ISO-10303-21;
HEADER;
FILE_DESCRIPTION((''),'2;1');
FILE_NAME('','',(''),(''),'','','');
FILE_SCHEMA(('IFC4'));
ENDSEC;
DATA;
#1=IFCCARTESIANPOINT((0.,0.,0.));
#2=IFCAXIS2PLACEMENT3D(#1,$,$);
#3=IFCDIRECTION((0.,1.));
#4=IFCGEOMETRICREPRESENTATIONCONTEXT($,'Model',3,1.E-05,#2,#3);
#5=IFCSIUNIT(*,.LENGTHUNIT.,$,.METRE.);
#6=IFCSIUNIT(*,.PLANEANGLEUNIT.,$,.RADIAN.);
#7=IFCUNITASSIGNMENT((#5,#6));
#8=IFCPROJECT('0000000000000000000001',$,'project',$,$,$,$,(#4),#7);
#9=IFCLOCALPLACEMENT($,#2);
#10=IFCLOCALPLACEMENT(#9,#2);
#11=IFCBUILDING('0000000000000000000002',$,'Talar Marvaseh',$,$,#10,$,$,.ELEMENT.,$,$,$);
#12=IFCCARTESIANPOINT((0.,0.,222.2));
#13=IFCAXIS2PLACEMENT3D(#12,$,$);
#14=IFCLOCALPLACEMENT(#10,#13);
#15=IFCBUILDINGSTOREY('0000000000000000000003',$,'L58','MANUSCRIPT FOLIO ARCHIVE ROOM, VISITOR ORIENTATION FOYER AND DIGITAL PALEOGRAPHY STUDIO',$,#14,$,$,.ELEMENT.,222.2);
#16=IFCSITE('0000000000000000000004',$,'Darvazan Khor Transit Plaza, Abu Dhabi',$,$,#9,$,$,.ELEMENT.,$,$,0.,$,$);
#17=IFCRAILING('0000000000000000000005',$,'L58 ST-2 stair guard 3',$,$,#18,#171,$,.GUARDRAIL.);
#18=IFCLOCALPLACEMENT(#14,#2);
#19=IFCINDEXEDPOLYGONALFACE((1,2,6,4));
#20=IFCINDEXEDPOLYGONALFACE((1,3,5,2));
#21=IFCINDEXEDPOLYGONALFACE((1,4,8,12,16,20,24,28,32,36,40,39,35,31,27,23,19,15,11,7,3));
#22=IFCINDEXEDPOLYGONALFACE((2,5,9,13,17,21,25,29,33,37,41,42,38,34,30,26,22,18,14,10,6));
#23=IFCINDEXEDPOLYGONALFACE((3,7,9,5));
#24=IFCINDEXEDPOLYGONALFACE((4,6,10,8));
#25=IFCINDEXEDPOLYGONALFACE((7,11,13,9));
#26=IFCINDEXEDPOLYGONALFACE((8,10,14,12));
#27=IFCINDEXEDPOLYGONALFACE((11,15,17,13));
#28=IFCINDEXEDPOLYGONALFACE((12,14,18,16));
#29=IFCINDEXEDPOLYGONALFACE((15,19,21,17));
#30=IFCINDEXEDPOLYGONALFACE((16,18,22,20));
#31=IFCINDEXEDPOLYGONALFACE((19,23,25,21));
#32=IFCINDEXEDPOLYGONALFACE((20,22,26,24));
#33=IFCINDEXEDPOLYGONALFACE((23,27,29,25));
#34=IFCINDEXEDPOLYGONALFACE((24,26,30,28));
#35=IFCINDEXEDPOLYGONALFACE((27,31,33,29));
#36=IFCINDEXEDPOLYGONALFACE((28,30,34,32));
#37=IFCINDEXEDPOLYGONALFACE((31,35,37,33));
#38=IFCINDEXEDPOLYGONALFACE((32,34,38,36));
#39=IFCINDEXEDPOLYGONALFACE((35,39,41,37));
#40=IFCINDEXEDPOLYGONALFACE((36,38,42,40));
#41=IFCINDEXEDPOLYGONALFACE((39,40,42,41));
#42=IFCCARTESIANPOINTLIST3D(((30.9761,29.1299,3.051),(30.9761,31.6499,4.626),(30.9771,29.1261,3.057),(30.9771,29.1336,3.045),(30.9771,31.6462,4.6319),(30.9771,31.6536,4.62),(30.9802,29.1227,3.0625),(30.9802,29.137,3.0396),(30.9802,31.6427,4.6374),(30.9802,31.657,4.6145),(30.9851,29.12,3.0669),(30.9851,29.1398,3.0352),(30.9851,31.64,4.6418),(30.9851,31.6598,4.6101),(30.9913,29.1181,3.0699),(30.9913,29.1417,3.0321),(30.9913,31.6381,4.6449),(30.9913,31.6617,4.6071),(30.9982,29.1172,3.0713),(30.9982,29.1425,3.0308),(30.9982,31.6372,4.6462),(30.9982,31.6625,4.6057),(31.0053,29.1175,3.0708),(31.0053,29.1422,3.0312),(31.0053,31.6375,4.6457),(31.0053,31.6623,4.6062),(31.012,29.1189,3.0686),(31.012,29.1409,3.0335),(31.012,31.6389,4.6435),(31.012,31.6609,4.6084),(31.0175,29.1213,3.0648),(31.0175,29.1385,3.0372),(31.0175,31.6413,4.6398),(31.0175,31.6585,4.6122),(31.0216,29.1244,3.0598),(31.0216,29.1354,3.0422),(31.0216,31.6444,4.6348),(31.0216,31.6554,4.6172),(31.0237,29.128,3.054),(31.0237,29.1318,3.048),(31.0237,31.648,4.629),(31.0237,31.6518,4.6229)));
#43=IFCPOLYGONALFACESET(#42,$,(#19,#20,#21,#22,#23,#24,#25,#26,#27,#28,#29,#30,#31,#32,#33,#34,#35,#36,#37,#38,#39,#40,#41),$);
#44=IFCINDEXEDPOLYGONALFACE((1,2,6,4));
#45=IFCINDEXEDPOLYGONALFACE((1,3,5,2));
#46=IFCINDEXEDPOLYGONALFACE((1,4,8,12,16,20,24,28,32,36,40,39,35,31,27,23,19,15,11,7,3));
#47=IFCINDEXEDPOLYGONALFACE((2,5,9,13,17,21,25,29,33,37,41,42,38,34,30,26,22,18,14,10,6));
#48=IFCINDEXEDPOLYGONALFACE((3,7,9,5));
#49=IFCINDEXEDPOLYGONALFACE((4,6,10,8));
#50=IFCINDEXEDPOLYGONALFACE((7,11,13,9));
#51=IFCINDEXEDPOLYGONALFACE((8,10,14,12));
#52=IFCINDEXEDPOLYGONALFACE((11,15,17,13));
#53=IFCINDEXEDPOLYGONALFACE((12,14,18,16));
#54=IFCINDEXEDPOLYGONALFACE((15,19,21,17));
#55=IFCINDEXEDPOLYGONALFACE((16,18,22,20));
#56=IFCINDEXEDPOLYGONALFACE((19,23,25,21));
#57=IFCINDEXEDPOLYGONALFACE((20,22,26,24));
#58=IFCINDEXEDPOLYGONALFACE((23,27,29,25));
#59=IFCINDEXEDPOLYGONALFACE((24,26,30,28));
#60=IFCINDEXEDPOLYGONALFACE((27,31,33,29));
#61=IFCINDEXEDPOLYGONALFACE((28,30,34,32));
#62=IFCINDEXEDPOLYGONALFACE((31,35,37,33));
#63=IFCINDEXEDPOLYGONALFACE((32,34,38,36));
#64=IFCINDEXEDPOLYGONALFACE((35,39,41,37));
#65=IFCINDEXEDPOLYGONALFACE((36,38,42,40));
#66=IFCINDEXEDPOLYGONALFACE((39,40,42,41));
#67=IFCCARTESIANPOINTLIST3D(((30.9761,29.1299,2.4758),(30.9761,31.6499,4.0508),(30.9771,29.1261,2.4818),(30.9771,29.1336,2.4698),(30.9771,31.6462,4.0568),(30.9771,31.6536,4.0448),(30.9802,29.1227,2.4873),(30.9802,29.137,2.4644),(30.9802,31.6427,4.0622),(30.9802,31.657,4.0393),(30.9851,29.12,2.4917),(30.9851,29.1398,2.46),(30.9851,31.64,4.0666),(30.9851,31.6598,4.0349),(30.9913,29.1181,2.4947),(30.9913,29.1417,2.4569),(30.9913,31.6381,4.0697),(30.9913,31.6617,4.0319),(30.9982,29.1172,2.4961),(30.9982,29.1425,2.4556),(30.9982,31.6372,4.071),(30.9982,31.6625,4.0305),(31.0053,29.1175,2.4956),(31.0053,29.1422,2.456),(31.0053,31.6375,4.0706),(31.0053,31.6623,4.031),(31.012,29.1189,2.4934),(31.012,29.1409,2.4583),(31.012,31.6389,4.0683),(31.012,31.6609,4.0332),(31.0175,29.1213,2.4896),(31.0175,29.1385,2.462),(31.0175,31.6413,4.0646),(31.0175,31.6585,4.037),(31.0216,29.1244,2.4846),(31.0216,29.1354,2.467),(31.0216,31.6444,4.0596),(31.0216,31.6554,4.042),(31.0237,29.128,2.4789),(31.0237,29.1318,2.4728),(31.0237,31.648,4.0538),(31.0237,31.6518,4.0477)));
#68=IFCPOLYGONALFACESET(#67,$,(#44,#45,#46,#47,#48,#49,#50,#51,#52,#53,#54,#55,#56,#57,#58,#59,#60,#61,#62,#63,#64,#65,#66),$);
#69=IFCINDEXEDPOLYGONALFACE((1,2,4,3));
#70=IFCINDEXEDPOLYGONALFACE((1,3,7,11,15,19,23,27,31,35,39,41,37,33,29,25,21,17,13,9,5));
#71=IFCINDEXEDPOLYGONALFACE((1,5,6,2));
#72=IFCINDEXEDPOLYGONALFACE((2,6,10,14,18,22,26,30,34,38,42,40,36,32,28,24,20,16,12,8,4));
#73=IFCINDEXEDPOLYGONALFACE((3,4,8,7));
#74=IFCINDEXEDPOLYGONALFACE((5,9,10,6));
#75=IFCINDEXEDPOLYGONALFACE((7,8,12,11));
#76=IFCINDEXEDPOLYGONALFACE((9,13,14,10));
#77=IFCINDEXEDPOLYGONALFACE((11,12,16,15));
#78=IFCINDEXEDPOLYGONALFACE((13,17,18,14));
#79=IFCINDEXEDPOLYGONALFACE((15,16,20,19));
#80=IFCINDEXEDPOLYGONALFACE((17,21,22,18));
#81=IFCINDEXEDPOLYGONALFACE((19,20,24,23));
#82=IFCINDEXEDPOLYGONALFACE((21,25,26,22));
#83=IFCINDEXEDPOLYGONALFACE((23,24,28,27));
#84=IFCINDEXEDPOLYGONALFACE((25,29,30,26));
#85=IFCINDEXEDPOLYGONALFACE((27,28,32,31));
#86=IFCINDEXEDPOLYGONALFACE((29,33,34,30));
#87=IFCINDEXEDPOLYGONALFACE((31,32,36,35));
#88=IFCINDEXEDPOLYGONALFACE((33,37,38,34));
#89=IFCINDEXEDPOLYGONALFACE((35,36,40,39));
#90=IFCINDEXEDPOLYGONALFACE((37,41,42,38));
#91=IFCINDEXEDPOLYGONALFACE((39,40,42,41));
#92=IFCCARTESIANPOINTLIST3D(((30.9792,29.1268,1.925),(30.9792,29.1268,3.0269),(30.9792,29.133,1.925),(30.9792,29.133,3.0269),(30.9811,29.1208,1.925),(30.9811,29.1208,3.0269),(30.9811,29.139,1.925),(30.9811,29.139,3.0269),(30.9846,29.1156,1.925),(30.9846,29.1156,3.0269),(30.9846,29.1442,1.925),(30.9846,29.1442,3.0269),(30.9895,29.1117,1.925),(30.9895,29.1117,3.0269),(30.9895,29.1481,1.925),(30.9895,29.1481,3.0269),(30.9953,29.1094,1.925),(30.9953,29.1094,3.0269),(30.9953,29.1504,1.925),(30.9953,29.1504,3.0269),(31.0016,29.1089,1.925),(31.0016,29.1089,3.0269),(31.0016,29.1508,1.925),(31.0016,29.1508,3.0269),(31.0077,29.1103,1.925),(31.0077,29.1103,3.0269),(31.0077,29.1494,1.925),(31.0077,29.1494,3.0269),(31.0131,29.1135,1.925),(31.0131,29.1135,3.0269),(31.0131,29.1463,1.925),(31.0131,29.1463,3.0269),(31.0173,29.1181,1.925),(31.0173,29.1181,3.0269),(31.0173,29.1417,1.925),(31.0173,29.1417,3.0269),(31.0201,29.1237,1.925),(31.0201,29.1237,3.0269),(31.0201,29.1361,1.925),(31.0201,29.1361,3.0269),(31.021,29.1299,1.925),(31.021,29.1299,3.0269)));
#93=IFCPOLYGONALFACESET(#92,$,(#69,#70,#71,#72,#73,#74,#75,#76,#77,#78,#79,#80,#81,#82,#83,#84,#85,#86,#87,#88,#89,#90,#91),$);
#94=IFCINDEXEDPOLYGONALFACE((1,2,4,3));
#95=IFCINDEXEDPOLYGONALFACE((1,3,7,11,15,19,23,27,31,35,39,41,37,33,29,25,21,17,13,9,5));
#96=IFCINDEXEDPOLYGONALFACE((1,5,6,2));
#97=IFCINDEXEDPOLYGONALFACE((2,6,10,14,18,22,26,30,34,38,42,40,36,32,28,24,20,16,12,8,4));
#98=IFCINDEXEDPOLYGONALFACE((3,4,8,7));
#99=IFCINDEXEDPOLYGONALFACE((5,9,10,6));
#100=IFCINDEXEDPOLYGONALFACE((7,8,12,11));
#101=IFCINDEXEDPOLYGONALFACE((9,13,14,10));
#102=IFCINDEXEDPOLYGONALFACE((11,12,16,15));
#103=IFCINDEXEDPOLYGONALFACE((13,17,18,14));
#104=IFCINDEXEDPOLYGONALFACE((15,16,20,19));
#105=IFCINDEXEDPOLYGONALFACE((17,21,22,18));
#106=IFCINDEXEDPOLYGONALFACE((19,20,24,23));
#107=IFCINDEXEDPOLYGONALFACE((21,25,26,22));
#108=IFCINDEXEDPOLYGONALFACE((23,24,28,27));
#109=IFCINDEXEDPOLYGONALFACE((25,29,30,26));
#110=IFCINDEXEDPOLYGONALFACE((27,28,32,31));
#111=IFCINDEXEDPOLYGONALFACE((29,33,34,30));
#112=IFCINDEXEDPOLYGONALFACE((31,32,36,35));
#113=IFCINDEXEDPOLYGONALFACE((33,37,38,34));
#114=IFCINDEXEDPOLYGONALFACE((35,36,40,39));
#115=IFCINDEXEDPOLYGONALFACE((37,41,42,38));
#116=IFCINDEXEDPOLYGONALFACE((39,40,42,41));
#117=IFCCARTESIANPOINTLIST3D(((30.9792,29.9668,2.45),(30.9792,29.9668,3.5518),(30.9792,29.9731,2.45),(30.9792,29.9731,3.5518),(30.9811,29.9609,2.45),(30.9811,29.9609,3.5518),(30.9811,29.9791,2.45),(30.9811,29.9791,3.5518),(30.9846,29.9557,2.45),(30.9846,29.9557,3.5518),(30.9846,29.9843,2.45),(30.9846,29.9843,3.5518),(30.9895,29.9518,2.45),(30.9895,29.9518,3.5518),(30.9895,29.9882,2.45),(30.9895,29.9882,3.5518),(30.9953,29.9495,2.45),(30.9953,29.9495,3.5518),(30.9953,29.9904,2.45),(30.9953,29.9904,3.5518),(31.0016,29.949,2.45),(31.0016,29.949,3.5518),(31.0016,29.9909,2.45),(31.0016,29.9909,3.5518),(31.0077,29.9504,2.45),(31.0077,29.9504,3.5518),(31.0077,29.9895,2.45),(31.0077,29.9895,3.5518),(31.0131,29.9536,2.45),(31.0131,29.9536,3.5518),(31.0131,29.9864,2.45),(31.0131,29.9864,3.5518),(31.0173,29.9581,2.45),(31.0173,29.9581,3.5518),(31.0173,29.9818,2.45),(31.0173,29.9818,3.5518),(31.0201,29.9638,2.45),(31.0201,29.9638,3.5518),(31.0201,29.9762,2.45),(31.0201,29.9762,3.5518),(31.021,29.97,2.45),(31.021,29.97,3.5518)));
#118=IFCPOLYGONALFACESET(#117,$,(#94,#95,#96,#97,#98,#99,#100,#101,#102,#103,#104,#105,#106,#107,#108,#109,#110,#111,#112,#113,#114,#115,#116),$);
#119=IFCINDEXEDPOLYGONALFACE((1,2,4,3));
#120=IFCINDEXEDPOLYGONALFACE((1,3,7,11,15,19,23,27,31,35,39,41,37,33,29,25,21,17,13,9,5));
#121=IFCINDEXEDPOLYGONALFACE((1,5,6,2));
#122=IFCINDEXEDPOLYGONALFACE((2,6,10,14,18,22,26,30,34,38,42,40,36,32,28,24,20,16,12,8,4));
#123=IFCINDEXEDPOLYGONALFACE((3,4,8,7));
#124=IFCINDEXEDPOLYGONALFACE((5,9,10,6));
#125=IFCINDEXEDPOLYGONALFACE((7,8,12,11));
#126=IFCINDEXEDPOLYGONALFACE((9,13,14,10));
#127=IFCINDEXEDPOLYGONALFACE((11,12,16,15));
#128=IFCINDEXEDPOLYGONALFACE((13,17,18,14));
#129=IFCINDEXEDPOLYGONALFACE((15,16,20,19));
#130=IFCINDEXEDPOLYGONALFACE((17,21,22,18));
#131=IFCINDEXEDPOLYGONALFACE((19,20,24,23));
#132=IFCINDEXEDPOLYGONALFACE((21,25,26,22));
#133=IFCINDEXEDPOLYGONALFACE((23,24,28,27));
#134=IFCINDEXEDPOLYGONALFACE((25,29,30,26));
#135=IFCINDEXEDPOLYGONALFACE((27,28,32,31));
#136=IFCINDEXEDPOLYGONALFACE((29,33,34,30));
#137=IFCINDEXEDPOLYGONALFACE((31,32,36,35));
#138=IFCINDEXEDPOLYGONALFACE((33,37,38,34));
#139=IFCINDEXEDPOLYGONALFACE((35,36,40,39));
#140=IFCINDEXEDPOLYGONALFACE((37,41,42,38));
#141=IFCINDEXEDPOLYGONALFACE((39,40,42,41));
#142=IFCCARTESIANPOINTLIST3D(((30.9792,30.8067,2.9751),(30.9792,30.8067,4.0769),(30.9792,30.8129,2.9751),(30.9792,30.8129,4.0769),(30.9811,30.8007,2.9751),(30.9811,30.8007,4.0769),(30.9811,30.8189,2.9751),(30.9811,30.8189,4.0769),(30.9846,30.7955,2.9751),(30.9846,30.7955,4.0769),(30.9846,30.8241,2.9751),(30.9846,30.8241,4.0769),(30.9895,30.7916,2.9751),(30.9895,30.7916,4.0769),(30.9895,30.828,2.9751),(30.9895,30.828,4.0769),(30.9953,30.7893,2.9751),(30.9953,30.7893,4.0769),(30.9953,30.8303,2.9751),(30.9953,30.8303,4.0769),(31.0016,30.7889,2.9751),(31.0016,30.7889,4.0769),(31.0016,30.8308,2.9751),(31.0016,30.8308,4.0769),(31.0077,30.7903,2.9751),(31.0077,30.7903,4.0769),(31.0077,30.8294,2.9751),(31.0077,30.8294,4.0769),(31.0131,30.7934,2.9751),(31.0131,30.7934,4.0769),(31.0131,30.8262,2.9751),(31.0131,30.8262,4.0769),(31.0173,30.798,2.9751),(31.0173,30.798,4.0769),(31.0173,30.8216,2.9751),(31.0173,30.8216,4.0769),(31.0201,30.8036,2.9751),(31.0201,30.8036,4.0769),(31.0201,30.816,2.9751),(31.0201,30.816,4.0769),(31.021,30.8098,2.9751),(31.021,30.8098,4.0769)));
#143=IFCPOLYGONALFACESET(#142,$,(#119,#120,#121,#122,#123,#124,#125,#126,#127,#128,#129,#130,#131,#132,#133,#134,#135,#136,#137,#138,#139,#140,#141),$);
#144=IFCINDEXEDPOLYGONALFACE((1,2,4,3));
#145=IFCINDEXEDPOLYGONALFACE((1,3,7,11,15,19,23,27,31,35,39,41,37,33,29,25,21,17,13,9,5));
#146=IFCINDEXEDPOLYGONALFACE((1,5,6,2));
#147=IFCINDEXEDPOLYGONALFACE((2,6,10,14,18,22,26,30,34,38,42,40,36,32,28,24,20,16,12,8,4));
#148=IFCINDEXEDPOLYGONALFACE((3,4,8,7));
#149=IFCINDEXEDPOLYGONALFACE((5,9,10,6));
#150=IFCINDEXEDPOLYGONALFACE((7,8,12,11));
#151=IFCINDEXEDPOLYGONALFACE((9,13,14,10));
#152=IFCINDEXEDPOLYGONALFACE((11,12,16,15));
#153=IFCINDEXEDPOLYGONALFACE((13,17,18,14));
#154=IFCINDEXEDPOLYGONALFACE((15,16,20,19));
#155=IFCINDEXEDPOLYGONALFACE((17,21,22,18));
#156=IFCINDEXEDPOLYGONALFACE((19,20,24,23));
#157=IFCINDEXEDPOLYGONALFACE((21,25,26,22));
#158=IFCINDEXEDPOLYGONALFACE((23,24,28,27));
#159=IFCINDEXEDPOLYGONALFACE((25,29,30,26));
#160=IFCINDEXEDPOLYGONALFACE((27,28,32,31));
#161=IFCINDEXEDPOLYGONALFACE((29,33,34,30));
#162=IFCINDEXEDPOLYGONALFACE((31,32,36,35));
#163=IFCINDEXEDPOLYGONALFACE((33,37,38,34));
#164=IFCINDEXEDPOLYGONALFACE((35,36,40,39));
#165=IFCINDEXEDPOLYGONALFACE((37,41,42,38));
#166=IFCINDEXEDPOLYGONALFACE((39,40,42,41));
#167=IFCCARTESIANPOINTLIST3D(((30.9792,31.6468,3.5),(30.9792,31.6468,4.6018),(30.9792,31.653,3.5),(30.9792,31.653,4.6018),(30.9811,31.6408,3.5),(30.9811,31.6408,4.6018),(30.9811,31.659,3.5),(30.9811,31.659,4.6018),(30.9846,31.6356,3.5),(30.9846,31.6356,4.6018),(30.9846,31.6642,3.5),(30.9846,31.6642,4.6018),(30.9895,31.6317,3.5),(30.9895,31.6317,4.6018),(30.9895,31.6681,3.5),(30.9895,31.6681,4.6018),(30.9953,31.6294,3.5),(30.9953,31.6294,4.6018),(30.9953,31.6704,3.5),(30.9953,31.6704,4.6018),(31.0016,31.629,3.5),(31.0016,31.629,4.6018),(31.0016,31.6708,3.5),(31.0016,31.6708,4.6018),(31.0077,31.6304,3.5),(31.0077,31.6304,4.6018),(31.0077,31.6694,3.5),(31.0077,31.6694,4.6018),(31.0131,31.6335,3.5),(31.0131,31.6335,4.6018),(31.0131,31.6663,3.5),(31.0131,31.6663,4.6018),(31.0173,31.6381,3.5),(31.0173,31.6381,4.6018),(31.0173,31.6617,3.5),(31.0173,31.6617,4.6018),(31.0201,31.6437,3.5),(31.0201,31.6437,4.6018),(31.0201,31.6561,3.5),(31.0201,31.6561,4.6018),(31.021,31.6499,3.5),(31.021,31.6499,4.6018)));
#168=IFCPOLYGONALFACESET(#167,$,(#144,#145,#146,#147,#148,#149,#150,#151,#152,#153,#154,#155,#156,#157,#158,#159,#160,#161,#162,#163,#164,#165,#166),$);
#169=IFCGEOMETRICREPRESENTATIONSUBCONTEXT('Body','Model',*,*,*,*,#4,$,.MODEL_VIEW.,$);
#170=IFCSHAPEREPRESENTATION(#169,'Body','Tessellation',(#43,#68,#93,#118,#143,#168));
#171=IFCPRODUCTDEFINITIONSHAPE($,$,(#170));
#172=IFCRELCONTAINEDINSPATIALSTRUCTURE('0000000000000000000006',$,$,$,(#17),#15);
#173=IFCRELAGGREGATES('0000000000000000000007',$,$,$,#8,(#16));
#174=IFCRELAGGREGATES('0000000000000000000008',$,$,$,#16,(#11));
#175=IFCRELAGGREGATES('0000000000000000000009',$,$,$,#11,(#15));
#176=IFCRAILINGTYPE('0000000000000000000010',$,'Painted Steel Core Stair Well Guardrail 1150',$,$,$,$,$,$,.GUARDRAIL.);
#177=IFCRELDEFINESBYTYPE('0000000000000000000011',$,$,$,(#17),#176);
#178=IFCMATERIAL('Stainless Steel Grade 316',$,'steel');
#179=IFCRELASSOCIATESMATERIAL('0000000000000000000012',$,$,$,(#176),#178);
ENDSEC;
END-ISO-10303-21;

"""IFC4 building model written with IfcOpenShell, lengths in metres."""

from ifc_helpers import new_model, si_unit, direction, frame, origin, origin_2d, place, context, subcontext, project, spatial, circle, extrude, material, type_object, element, save


model = new_model("IFC4")

# Units and contexts
model_context = context("Model", 3, precision=1e-05, world=origin(), true_north=direction((0.0, 1.0)))
body_context = subcontext(model_context, "Body", "Model", "MODEL_VIEW")
ifc_project = project(units=[si_unit("LENGTHUNIT", "METRE"), si_unit("PLANEANGLEUNIT", "RADIAN")], contexts=[model_context])

# Site, building, storey
site_placement = place(None, origin())
site = spatial("IfcSite", under=ifc_project, at=site_placement, Name="Darvazan Khor Transit Plaza, Abu Dhabi", CompositionType="ELEMENT", RefElevation=0.0)
building_placement = place(site_placement, origin())
building = spatial("IfcBuilding", under=site, at=building_placement, Name="Talar Marvaseh", CompositionType="ELEMENT")
storey_placement = place(building_placement, frame((0.0, 0.0, 222.2)))
storey = spatial("IfcBuildingStorey", under=building, at=storey_placement, Name="L58", Description="MANUSCRIPT FOLIO ARCHIVE ROOM, VISITOR ORIENTATION FOYER AND DIGITAL PALEOGRAPHY STUDIO", CompositionType="ELEMENT", Elevation=222.2)

# Shared definitions
ifc_material_1 = material(Name="Stainless Steel Grade 316", Category="steel")

# Railing
railing_type_1 = type_object("IfcRailingType", Name="Painted Steel Core Stair Well Guardrail 1150", PredefinedType="GUARDRAIL", material=ifc_material_1)
railing_1_placement = place(storey_placement, frame((31.0, 29.1299, 1.925)))
element("IfcRailing", 1, at=railing_1_placement, inside=storey, type_object=railing_type_1, Name="L58 ST-2 stair guard 3", PredefinedType="GUARDRAIL", context=body_context, shape_type="SweptSolid", body=[
    extrude(circle(Radius=0.0239, at=origin_2d()), frame((0.0, 0.0, 1.126), z_axis=(0.0, 0.848008, 0.529984), x_axis=(-1.0, 0.0, 0.0)), (0.0, 0.0, 1.0), 2.9717),
    extrude(circle(Radius=0.0239, at=origin_2d()), frame((0.0, 0.0, 0.5508), z_axis=(0.0, 0.848008, 0.529984), x_axis=(-1.0, 0.0, 0.0)), (0.0, 0.0, 1.0), 2.9717),
    extrude(circle(Radius=0.021, at=origin_2d()), origin(), (0.0, 0.0, 1.0), 1.1018),
    extrude(circle(Radius=0.021, at=origin_2d()), frame((0.0, 0.8401, 0.5249)), (0.0, 0.0, 1.0), 1.1018),
    extrude(circle(Radius=0.021, at=origin_2d()), frame((0.0, 1.6799, 1.05)), (0.0, 0.0, 1.0), 1.1018),
    extrude(circle(Radius=0.021, at=origin_2d()), frame((0.0, 2.52, 1.575)), (0.0, 0.0, 1.0), 1.1018),
])

save(model, "model.ifc")
